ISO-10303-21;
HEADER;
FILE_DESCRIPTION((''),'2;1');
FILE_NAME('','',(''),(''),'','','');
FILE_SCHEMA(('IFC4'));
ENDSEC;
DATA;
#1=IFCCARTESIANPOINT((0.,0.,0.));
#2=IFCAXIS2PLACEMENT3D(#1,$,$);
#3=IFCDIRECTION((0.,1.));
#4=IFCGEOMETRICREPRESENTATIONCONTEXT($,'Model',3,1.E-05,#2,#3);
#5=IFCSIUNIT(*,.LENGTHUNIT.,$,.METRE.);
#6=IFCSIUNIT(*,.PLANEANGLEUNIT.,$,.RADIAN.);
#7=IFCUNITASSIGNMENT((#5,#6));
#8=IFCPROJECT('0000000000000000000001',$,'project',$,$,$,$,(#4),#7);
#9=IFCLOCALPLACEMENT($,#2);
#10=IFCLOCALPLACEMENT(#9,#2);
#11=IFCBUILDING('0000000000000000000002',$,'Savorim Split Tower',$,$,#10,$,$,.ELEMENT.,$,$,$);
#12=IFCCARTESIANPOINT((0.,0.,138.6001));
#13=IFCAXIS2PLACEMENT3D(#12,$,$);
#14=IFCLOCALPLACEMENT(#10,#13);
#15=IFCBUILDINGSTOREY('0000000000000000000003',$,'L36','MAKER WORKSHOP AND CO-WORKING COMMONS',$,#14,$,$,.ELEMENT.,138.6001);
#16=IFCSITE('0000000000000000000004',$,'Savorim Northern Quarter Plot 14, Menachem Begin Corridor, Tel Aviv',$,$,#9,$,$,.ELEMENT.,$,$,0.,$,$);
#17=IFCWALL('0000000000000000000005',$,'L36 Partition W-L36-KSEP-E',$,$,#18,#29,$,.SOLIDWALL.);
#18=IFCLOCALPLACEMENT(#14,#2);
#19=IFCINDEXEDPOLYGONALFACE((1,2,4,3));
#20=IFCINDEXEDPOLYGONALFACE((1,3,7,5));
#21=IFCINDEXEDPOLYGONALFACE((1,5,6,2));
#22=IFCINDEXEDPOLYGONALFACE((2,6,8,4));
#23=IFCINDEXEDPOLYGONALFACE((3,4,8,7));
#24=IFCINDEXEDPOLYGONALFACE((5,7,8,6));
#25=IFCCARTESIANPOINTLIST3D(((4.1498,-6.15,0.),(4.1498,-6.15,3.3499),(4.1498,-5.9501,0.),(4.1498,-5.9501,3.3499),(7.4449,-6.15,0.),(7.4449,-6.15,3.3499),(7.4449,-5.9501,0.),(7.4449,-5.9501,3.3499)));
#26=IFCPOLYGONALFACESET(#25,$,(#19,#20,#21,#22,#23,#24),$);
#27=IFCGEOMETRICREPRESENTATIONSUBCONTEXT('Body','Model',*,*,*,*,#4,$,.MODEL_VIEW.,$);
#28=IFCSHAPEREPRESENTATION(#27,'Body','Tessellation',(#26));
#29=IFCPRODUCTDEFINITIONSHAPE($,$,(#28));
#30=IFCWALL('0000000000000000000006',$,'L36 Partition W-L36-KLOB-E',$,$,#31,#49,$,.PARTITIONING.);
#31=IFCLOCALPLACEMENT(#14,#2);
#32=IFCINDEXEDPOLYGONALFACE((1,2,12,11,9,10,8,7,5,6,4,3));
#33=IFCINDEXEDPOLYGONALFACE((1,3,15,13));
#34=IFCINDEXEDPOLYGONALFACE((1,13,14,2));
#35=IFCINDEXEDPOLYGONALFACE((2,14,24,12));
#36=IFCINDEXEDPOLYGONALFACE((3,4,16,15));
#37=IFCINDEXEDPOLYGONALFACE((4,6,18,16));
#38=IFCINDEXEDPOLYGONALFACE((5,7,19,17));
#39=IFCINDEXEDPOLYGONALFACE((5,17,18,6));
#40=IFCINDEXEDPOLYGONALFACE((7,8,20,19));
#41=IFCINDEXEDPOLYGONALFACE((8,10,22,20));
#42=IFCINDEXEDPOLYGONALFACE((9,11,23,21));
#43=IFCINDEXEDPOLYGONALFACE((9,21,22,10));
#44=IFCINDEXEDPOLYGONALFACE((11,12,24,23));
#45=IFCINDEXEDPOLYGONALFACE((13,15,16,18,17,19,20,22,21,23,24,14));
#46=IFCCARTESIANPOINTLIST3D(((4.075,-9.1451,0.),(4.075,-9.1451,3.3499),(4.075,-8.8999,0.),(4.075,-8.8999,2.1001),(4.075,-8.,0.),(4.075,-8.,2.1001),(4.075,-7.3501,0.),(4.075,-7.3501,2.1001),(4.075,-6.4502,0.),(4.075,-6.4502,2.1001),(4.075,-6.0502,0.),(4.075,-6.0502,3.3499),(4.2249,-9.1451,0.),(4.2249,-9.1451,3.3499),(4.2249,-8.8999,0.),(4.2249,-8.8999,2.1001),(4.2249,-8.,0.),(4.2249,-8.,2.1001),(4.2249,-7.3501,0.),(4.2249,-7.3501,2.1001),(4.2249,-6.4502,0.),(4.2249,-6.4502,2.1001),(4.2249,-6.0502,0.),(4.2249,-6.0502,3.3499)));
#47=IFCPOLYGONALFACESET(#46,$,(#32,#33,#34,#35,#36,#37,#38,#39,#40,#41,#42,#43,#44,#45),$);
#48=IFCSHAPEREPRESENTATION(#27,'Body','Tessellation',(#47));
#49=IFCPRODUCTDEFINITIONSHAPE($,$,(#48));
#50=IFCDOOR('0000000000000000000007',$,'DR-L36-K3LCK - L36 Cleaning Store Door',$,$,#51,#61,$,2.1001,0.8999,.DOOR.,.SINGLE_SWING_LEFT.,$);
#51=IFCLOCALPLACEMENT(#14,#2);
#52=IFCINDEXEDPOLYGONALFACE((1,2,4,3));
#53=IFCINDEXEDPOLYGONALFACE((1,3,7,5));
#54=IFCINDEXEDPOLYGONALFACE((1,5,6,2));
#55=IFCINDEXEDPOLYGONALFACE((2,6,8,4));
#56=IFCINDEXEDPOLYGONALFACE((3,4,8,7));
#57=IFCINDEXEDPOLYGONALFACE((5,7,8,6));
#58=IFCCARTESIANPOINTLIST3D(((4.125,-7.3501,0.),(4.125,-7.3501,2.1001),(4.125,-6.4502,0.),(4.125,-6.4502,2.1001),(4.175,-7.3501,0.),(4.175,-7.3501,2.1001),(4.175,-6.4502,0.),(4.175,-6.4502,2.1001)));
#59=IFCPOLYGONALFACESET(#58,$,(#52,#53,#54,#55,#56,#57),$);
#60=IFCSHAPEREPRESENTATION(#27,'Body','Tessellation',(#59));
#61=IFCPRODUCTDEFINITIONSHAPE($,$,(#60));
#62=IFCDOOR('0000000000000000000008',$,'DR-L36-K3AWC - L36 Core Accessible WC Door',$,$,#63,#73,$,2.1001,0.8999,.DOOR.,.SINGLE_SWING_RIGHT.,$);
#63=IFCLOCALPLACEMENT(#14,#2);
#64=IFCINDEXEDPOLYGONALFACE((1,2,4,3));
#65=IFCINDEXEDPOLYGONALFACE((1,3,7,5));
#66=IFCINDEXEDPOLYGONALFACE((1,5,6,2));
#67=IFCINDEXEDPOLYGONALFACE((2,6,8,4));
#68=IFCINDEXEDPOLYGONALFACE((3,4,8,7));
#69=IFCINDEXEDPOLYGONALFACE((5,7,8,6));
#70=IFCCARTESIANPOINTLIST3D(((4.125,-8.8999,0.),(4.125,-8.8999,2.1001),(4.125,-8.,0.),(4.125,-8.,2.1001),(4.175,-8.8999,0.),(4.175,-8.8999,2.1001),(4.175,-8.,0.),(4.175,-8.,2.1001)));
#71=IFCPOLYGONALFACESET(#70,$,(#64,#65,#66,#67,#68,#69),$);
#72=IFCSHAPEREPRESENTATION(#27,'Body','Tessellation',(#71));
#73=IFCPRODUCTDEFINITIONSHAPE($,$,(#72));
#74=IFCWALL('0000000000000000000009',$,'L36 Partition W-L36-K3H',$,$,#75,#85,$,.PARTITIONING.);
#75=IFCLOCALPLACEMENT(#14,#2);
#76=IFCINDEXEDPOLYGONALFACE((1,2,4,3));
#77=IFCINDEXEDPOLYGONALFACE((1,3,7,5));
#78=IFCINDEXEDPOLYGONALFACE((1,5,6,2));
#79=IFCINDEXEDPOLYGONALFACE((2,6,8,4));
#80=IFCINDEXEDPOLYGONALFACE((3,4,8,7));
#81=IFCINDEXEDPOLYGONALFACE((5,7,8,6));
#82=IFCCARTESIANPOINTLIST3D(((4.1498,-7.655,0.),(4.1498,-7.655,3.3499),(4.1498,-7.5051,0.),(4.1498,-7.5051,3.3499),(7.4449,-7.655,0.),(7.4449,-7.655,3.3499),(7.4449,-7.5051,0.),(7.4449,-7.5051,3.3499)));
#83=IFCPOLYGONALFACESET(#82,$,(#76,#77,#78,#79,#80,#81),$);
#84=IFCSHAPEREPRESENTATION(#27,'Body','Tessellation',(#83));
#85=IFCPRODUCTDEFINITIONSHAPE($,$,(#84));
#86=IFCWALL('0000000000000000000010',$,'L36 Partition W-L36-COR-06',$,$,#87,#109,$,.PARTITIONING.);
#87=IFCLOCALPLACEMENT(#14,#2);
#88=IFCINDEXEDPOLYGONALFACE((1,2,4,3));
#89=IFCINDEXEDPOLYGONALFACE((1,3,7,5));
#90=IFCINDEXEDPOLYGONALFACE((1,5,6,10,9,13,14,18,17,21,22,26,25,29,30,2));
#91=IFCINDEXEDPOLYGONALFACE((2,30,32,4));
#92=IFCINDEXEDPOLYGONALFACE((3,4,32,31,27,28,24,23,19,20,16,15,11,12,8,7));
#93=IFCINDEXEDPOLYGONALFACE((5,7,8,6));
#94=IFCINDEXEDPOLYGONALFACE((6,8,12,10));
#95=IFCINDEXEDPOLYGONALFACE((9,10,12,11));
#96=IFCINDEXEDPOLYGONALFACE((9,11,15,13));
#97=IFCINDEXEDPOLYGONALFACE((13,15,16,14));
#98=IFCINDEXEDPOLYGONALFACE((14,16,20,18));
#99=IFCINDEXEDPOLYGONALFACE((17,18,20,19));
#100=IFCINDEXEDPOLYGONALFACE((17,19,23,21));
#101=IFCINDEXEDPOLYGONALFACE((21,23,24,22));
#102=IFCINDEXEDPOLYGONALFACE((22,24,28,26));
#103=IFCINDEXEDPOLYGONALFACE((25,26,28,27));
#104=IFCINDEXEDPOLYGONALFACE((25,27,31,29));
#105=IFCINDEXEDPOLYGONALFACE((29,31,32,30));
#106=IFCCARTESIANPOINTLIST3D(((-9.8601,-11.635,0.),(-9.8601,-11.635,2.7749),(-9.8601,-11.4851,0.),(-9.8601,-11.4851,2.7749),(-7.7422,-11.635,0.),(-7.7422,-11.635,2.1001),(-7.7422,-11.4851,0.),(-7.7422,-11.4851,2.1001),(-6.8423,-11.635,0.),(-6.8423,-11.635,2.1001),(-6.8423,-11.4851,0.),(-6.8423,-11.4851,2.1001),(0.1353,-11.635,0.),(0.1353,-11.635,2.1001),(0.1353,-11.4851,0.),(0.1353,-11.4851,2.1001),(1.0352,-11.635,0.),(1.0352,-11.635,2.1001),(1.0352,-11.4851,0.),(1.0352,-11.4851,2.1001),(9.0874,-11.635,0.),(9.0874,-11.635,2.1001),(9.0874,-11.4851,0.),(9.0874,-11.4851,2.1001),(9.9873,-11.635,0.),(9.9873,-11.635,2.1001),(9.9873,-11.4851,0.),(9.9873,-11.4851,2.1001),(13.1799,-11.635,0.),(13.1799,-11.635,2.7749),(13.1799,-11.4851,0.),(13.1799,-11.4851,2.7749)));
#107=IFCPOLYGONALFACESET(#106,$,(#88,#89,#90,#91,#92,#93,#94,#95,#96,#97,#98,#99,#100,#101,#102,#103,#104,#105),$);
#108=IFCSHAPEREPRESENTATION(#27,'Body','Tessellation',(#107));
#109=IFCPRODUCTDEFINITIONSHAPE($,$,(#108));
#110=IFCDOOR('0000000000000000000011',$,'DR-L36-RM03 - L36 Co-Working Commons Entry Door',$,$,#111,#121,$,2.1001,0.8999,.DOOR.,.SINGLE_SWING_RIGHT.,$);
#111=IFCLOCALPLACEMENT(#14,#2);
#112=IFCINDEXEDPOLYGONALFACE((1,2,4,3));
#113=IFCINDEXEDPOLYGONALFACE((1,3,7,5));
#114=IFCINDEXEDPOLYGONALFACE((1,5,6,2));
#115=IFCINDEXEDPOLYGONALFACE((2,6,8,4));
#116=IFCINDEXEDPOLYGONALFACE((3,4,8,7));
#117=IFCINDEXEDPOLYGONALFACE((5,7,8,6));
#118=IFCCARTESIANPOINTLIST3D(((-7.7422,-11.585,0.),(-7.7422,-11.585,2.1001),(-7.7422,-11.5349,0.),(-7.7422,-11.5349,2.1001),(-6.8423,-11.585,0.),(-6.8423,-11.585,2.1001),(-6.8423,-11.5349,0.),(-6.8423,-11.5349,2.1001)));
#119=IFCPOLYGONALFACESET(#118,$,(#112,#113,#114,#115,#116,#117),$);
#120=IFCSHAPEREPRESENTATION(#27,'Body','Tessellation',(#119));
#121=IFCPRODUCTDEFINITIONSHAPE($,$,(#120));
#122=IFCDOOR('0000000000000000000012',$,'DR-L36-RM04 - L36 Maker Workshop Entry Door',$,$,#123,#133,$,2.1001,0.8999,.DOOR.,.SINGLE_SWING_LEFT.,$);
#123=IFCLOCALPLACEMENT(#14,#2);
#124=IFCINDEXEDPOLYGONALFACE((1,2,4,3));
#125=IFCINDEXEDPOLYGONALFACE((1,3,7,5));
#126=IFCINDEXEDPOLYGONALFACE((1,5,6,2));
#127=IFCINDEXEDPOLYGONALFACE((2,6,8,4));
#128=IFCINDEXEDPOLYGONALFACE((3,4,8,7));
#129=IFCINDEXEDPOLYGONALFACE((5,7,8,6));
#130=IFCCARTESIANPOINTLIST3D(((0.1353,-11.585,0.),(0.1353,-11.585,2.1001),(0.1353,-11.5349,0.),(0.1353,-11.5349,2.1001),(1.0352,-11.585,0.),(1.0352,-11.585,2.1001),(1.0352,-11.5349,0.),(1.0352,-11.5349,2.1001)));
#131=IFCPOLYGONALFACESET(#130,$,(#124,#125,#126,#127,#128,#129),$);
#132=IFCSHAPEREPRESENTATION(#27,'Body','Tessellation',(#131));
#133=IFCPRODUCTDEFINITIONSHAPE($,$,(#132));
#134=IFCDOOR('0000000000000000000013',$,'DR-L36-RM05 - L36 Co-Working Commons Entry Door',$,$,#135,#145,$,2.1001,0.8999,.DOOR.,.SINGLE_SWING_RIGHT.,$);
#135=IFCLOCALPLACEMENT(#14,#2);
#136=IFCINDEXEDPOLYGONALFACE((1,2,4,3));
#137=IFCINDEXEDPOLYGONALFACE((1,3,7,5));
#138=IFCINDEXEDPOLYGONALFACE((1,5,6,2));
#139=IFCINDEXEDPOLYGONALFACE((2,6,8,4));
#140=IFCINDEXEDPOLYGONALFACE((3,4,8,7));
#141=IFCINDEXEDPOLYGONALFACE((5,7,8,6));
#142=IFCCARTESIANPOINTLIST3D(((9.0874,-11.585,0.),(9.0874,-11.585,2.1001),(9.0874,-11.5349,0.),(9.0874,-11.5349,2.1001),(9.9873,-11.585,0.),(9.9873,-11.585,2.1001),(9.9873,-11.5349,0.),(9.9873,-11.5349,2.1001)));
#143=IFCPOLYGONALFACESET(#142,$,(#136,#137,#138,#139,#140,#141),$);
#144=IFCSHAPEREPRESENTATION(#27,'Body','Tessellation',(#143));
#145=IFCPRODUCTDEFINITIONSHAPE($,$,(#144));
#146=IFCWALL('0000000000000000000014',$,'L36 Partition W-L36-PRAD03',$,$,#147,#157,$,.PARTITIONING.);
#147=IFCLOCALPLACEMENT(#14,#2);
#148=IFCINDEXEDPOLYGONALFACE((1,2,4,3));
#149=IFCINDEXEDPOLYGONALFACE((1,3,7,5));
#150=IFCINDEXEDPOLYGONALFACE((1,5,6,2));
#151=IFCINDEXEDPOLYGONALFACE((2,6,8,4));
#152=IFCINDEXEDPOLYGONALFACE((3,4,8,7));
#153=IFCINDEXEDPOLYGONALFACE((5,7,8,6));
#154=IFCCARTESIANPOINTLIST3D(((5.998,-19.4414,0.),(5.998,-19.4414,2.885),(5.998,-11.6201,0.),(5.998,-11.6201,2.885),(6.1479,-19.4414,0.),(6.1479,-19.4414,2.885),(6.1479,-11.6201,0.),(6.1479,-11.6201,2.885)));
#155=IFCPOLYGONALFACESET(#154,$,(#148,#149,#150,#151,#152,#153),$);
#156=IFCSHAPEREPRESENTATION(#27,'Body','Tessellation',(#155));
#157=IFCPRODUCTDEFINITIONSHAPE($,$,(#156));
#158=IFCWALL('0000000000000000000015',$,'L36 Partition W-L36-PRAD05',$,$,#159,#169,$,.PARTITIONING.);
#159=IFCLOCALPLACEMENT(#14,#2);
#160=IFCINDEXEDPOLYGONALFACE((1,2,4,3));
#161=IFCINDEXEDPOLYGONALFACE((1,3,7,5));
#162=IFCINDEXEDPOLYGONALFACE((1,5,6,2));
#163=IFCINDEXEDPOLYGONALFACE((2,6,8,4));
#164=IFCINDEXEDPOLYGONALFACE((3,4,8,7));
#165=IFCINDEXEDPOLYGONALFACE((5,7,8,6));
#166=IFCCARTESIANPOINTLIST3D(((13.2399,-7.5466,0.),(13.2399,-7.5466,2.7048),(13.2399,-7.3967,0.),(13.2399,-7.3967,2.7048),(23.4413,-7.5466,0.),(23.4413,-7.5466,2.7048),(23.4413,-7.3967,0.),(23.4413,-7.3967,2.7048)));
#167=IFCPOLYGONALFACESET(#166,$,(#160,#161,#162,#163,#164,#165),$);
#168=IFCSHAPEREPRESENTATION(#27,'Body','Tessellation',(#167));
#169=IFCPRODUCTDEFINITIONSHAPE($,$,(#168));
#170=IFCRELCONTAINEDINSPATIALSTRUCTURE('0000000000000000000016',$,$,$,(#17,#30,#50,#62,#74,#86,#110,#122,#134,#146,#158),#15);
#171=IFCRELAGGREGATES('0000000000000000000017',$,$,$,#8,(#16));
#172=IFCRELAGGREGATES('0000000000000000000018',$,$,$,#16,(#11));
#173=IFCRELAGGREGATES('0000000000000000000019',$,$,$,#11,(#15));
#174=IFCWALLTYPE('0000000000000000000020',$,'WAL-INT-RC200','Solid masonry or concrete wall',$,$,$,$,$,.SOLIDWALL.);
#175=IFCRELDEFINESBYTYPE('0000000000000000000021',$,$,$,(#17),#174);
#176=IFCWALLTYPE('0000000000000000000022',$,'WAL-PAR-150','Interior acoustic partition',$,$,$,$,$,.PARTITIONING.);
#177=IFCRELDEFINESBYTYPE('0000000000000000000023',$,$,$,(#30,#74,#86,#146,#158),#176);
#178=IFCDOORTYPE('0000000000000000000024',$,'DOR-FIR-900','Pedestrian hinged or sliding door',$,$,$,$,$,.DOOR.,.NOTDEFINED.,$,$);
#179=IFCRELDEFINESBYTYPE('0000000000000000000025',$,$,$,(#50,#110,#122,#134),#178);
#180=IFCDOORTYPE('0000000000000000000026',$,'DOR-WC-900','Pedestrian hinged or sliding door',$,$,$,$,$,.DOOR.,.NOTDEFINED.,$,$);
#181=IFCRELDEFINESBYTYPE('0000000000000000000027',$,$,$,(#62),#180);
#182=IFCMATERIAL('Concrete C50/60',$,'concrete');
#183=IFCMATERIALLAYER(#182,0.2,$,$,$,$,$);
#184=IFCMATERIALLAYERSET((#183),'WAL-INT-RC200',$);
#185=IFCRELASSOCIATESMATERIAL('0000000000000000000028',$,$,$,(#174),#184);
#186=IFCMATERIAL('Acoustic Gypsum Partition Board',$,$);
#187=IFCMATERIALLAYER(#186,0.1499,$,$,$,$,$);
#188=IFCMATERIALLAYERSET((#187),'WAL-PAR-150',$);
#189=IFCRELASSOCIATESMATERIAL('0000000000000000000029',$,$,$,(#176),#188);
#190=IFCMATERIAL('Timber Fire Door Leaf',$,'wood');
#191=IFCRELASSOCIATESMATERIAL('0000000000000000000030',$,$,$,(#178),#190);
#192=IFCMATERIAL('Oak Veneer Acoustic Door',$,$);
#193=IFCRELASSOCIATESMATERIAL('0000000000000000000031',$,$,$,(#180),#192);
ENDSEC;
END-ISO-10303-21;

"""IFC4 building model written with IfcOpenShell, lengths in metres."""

from ifc_helpers import new_model, si_unit, direction, frame, frame_2d, origin, place, context, subcontext, project, spatial, rectangle, extrude, material, layer, layer_set, type_object, element, fill, save


model = new_model("IFC4")

# Units and contexts
model_context = context("Model", 3, precision=1e-05, world=origin(), true_north=direction((0.0, 1.0)))
body_context = subcontext(model_context, "Body", "Model", "MODEL_VIEW")
ifc_project = project(units=[si_unit("LENGTHUNIT", "METRE"), si_unit("PLANEANGLEUNIT", "RADIAN")], contexts=[model_context])

# Site, building, storey
site_placement = place(None, origin())
site = spatial("IfcSite", under=ifc_project, at=site_placement, Name="Savorim Northern Quarter Plot 14, Menachem Begin Corridor, Tel Aviv", CompositionType="ELEMENT", RefElevation=0.0)
building_placement = place(site_placement, origin())
building = spatial("IfcBuilding", under=site, at=building_placement, Name="Savorim Split Tower", CompositionType="ELEMENT")
storey_placement = place(building_placement, frame((0.0, 0.0, 138.6001)))
storey = spatial("IfcBuildingStorey", under=building, at=storey_placement, Name="L36", Description="MAKER WORKSHOP AND CO-WORKING COMMONS", CompositionType="ELEMENT", Elevation=138.6001)

# Shared definitions
ifc_material_1 = material(Name="Concrete C50/60", Category="concrete")
ifc_layer_1 = layer(ifc_material_1, 0.2)
ifc_layer_set_1 = layer_set([ifc_layer_1], Name="WAL-INT-RC200")
wall_type_1 = type_object("IfcWallType", Name="WAL-INT-RC200", Description="Solid masonry or concrete wall", PredefinedType="SOLIDWALL", material=ifc_layer_set_1)
ifc_material_2 = material(Name="Timber Fire Door Leaf", Category="wood")

# Wall
wall_1_placement = place(storey_placement, frame((4.1499, -6.05, 0.0), z_axis=(0.0, 0.0, 1.0), x_axis=(1.0, 0.0, 0.0)))
element("IfcWall", 1, at=wall_1_placement, inside=storey, type_object=wall_type_1, Name="L36 Partition W-L36-KSEP-E", PredefinedType="SOLIDWALL", context=body_context, shape_type="SweptSolid", body=[
    extrude(rectangle(XDim=3.2952, YDim=0.2, at=frame_2d((1.6475, 0.0))), origin(), (0.0, 0.0, 1.0), 3.3499),
])

# Wall, openings, doors
ifc_material_3 = material(Name="Acoustic Gypsum Partition Board")
ifc_layer_2 = layer(ifc_material_3, 0.1499)
ifc_layer_set_2 = layer_set([ifc_layer_2], Name="WAL-PAR-150")
wall_type_2 = type_object("IfcWallType", Name="WAL-PAR-150", Description="Interior acoustic partition", PredefinedType="PARTITIONING", material=ifc_layer_set_2)
wall_2_placement = place(storey_placement, frame((4.1499, -9.145, 0.0), z_axis=(0.0, 0.0, 1.0), x_axis=(0.0, 1.0, 0.0)))
wall_2 = element("IfcWall", 2, at=wall_2_placement, inside=storey, type_object=wall_type_2, Name="L36 Partition W-L36-KLOB-E", PredefinedType="PARTITIONING", context=body_context, shape_type="SweptSolid", body=[
    extrude(rectangle(XDim=3.095, YDim=0.1499, at=frame_2d((1.5474, 0.0))), origin(), (0.0, 0.0, 1.0), 3.3499),
])
opening_1_placement = place(wall_2_placement, frame((0.2451, 0.0, 0.0)))
opening_1 = element("IfcOpeningElement", 3, at=opening_1_placement, cuts=wall_2, PredefinedType="OPENING", context=body_context, shape_type="SweptSolid", body=[
    extrude(rectangle(XDim=0.8999, YDim=2.1001, at=frame_2d((0.45, 1.05))), frame((0.0, 0.085, 0.0), z_axis=(0.0, -1.0, 0.0), x_axis=(1.0, 0.0, 0.0)), (0.0, 0.0, 1.0), 0.1699),
])
opening_2_placement = place(wall_2_placement, frame((1.7949, 0.0, 0.0)))
opening_2 = element("IfcOpeningElement", 4, at=opening_2_placement, cuts=wall_2, PredefinedType="OPENING", context=body_context, shape_type="SweptSolid", body=[
    extrude(rectangle(XDim=0.8999, YDim=2.1001, at=frame_2d((0.45, 1.05))), frame((0.0, 0.085, 0.0), z_axis=(0.0, -1.0, 0.0), x_axis=(1.0, 0.0, 0.0)), (0.0, 0.0, 1.0), 0.1699),
])
door_type_1 = type_object("IfcDoorType", Name="DOR-FIR-900", Description="Pedestrian hinged or sliding door", OperationType="NOTDEFINED", PredefinedType="DOOR", material=ifc_material_2)
door_1_placement = place(opening_2_placement, origin())
door_1 = element("IfcDoor", 5, at=door_1_placement, inside=storey, type_object=door_type_1, Name="DR-L36-K3LCK - L36 Cleaning Store Door", OperationType="SINGLE_SWING_LEFT", OverallHeight=2.1001, OverallWidth=0.8999, PredefinedType="DOOR", context=body_context, shape_type="SweptSolid", body=[
    extrude(rectangle(XDim=0.8999, YDim=2.1001, at=frame_2d((0.45, 1.05))), frame((0.0, 0.0249, 0.0), z_axis=(0.0, -1.0, 0.0), x_axis=(1.0, 0.0, 0.0)), (0.0, 0.0, 1.0), 0.05),
])
fill(opening_2, door_1)
ifc_material_4 = material(Name="Oak Veneer Acoustic Door")
door_type_2 = type_object("IfcDoorType", Name="DOR-WC-900", Description="Pedestrian hinged or sliding door", OperationType="NOTDEFINED", PredefinedType="DOOR", material=ifc_material_4)
door_2_placement = place(opening_1_placement, origin())
door_2 = element("IfcDoor", 6, at=door_2_placement, inside=storey, type_object=door_type_2, Name="DR-L36-K3AWC - L36 Core Accessible WC Door", OperationType="SINGLE_SWING_RIGHT", OverallHeight=2.1001, OverallWidth=0.8999, PredefinedType="DOOR", context=body_context, shape_type="SweptSolid", body=[
    extrude(rectangle(XDim=0.8999, YDim=2.1001, at=frame_2d((0.45, 1.05))), frame((0.0, 0.0249, 0.0), z_axis=(0.0, -1.0, 0.0), x_axis=(1.0, 0.0, 0.0)), (0.0, 0.0, 1.0), 0.05),
])
fill(opening_1, door_2)

# Wall
wall_3_placement = place(storey_placement, frame((4.1499, -7.5801, 0.0), z_axis=(0.0, 0.0, 1.0), x_axis=(1.0, 0.0, 0.0)))
element("IfcWall", 7, at=wall_3_placement, inside=storey, type_object=wall_type_2, Name="L36 Partition W-L36-K3H", PredefinedType="PARTITIONING", context=body_context, shape_type="SweptSolid", body=[
    extrude(rectangle(XDim=3.2952, YDim=0.1499, at=frame_2d((1.6475, 0.0))), origin(), (0.0, 0.0, 1.0), 3.3499),
])

# Wall, openings, doors
wall_4_placement = place(storey_placement, frame((13.1799, -11.5601, 0.0), z_axis=(0.0, 0.0, 1.0), x_axis=(-1.0, 0.0, 0.0)))
wall_4 = element("IfcWall", 8, at=wall_4_placement, inside=storey, type_object=wall_type_2, Name="L36 Partition W-L36-COR-06", PredefinedType="PARTITIONING", context=body_context, shape_type="SweptSolid", body=[
    extrude(rectangle(XDim=23.04, YDim=0.1499, at=frame_2d((11.52, 0.0))), origin(), (0.0, 0.0, 1.0), 2.7749),
])
opening_3_placement = place(wall_4_placement, frame((20.0222, 0.0, 0.0)))
opening_3 = element("IfcOpeningElement", 9, at=opening_3_placement, cuts=wall_4, PredefinedType="OPENING", context=body_context, shape_type="SweptSolid", body=[
    extrude(rectangle(XDim=0.8999, YDim=2.1001, at=frame_2d((0.45, 1.05))), frame((0.0, 0.085, 0.0), z_axis=(0.0, -1.0, 0.0), x_axis=(1.0, 0.0, 0.0)), (0.0, 0.0, 1.0), 0.1699),
])
opening_4_placement = place(wall_4_placement, frame((12.1448, 0.0, 0.0)))
opening_4 = element("IfcOpeningElement", 10, at=opening_4_placement, cuts=wall_4, PredefinedType="OPENING", context=body_context, shape_type="SweptSolid", body=[
    extrude(rectangle(XDim=0.8999, YDim=2.1001, at=frame_2d((0.45, 1.05))), frame((0.0, 0.085, 0.0), z_axis=(0.0, -1.0, 0.0), x_axis=(1.0, 0.0, 0.0)), (0.0, 0.0, 1.0), 0.1699),
])
opening_5_placement = place(wall_4_placement, frame((3.1926, 0.0, 0.0)))
opening_5 = element("IfcOpeningElement", 11, at=opening_5_placement, cuts=wall_4, PredefinedType="OPENING", context=body_context, shape_type="SweptSolid", body=[
    extrude(rectangle(XDim=0.8999, YDim=2.1001, at=frame_2d((0.45, 1.05))), frame((0.0, 0.085, 0.0), z_axis=(0.0, -1.0, 0.0), x_axis=(1.0, 0.0, 0.0)), (0.0, 0.0, 1.0), 0.1699),
])
door_3_placement = place(opening_3_placement, origin())
door_3 = element("IfcDoor", 12, at=door_3_placement, inside=storey, type_object=door_type_1, Name="DR-L36-RM03 - L36 Co-Working Commons Entry Door", OperationType="SINGLE_SWING_RIGHT", OverallHeight=2.1001, OverallWidth=0.8999, PredefinedType="DOOR", context=body_context, shape_type="SweptSolid", body=[
    extrude(rectangle(XDim=0.8999, YDim=2.1001, at=frame_2d((0.45, 1.05))), frame((0.0, 0.0249, 0.0), z_axis=(0.0, -1.0, 0.0), x_axis=(1.0, 0.0, 0.0)), (0.0, 0.0, 1.0), 0.05),
])
fill(opening_3, door_3)
door_4_placement = place(opening_4_placement, origin())
door_4 = element("IfcDoor", 13, at=door_4_placement, inside=storey, type_object=door_type_1, Name="DR-L36-RM04 - L36 Maker Workshop Entry Door", OperationType="SINGLE_SWING_LEFT", OverallHeight=2.1001, OverallWidth=0.8999, PredefinedType="DOOR", context=body_context, shape_type="SweptSolid", body=[
    extrude(rectangle(XDim=0.8999, YDim=2.1001, at=frame_2d((0.45, 1.05))), frame((0.0, 0.0249, 0.0), z_axis=(0.0, -1.0, 0.0), x_axis=(1.0, 0.0, 0.0)), (0.0, 0.0, 1.0), 0.05),
])
fill(opening_4, door_4)
door_5_placement = place(opening_5_placement, origin())
door_5 = element("IfcDoor", 14, at=door_5_placement, inside=storey, type_object=door_type_1, Name="DR-L36-RM05 - L36 Co-Working Commons Entry Door", OperationType="SINGLE_SWING_RIGHT", OverallHeight=2.1001, OverallWidth=0.8999, PredefinedType="DOOR", context=body_context, shape_type="SweptSolid", body=[
    extrude(rectangle(XDim=0.8999, YDim=2.1001, at=frame_2d((0.45, 1.05))), frame((0.0, 0.0249, 0.0), z_axis=(0.0, -1.0, 0.0), x_axis=(1.0, 0.0, 0.0)), (0.0, 0.0, 1.0), 0.05),
])
fill(opening_5, door_5)

# Walls
wall_5_placement = place(storey_placement, frame((6.073, -11.6201, 0.0), z_axis=(0.0, 0.0, 1.0), x_axis=(0.0, -1.0, 0.0)))
element("IfcWall", 15, at=wall_5_placement, inside=storey, type_object=wall_type_2, Name="L36 Partition W-L36-PRAD03", PredefinedType="PARTITIONING", context=body_context, shape_type="SweptSolid", body=[
    extrude(rectangle(XDim=7.8213, YDim=0.1499, at=frame_2d((3.9106, 0.0))), origin(), (0.0, 0.0, 1.0), 2.885),
])
wall_6_placement = place(storey_placement, frame((13.24, -7.4717, 0.0), z_axis=(0.0, 0.0, 1.0), x_axis=(1.0, 0.0, 0.0)))
element("IfcWall", 16, at=wall_6_placement, inside=storey, type_object=wall_type_2, Name="L36 Partition W-L36-PRAD05", PredefinedType="PARTITIONING", context=body_context, shape_type="SweptSolid", body=[
    extrude(rectangle(XDim=10.2014, YDim=0.1499, at=frame_2d((5.1006, 0.0))), origin(), (0.0, 0.0, 1.0), 2.7048),
])

save(model, "model.ifc")
